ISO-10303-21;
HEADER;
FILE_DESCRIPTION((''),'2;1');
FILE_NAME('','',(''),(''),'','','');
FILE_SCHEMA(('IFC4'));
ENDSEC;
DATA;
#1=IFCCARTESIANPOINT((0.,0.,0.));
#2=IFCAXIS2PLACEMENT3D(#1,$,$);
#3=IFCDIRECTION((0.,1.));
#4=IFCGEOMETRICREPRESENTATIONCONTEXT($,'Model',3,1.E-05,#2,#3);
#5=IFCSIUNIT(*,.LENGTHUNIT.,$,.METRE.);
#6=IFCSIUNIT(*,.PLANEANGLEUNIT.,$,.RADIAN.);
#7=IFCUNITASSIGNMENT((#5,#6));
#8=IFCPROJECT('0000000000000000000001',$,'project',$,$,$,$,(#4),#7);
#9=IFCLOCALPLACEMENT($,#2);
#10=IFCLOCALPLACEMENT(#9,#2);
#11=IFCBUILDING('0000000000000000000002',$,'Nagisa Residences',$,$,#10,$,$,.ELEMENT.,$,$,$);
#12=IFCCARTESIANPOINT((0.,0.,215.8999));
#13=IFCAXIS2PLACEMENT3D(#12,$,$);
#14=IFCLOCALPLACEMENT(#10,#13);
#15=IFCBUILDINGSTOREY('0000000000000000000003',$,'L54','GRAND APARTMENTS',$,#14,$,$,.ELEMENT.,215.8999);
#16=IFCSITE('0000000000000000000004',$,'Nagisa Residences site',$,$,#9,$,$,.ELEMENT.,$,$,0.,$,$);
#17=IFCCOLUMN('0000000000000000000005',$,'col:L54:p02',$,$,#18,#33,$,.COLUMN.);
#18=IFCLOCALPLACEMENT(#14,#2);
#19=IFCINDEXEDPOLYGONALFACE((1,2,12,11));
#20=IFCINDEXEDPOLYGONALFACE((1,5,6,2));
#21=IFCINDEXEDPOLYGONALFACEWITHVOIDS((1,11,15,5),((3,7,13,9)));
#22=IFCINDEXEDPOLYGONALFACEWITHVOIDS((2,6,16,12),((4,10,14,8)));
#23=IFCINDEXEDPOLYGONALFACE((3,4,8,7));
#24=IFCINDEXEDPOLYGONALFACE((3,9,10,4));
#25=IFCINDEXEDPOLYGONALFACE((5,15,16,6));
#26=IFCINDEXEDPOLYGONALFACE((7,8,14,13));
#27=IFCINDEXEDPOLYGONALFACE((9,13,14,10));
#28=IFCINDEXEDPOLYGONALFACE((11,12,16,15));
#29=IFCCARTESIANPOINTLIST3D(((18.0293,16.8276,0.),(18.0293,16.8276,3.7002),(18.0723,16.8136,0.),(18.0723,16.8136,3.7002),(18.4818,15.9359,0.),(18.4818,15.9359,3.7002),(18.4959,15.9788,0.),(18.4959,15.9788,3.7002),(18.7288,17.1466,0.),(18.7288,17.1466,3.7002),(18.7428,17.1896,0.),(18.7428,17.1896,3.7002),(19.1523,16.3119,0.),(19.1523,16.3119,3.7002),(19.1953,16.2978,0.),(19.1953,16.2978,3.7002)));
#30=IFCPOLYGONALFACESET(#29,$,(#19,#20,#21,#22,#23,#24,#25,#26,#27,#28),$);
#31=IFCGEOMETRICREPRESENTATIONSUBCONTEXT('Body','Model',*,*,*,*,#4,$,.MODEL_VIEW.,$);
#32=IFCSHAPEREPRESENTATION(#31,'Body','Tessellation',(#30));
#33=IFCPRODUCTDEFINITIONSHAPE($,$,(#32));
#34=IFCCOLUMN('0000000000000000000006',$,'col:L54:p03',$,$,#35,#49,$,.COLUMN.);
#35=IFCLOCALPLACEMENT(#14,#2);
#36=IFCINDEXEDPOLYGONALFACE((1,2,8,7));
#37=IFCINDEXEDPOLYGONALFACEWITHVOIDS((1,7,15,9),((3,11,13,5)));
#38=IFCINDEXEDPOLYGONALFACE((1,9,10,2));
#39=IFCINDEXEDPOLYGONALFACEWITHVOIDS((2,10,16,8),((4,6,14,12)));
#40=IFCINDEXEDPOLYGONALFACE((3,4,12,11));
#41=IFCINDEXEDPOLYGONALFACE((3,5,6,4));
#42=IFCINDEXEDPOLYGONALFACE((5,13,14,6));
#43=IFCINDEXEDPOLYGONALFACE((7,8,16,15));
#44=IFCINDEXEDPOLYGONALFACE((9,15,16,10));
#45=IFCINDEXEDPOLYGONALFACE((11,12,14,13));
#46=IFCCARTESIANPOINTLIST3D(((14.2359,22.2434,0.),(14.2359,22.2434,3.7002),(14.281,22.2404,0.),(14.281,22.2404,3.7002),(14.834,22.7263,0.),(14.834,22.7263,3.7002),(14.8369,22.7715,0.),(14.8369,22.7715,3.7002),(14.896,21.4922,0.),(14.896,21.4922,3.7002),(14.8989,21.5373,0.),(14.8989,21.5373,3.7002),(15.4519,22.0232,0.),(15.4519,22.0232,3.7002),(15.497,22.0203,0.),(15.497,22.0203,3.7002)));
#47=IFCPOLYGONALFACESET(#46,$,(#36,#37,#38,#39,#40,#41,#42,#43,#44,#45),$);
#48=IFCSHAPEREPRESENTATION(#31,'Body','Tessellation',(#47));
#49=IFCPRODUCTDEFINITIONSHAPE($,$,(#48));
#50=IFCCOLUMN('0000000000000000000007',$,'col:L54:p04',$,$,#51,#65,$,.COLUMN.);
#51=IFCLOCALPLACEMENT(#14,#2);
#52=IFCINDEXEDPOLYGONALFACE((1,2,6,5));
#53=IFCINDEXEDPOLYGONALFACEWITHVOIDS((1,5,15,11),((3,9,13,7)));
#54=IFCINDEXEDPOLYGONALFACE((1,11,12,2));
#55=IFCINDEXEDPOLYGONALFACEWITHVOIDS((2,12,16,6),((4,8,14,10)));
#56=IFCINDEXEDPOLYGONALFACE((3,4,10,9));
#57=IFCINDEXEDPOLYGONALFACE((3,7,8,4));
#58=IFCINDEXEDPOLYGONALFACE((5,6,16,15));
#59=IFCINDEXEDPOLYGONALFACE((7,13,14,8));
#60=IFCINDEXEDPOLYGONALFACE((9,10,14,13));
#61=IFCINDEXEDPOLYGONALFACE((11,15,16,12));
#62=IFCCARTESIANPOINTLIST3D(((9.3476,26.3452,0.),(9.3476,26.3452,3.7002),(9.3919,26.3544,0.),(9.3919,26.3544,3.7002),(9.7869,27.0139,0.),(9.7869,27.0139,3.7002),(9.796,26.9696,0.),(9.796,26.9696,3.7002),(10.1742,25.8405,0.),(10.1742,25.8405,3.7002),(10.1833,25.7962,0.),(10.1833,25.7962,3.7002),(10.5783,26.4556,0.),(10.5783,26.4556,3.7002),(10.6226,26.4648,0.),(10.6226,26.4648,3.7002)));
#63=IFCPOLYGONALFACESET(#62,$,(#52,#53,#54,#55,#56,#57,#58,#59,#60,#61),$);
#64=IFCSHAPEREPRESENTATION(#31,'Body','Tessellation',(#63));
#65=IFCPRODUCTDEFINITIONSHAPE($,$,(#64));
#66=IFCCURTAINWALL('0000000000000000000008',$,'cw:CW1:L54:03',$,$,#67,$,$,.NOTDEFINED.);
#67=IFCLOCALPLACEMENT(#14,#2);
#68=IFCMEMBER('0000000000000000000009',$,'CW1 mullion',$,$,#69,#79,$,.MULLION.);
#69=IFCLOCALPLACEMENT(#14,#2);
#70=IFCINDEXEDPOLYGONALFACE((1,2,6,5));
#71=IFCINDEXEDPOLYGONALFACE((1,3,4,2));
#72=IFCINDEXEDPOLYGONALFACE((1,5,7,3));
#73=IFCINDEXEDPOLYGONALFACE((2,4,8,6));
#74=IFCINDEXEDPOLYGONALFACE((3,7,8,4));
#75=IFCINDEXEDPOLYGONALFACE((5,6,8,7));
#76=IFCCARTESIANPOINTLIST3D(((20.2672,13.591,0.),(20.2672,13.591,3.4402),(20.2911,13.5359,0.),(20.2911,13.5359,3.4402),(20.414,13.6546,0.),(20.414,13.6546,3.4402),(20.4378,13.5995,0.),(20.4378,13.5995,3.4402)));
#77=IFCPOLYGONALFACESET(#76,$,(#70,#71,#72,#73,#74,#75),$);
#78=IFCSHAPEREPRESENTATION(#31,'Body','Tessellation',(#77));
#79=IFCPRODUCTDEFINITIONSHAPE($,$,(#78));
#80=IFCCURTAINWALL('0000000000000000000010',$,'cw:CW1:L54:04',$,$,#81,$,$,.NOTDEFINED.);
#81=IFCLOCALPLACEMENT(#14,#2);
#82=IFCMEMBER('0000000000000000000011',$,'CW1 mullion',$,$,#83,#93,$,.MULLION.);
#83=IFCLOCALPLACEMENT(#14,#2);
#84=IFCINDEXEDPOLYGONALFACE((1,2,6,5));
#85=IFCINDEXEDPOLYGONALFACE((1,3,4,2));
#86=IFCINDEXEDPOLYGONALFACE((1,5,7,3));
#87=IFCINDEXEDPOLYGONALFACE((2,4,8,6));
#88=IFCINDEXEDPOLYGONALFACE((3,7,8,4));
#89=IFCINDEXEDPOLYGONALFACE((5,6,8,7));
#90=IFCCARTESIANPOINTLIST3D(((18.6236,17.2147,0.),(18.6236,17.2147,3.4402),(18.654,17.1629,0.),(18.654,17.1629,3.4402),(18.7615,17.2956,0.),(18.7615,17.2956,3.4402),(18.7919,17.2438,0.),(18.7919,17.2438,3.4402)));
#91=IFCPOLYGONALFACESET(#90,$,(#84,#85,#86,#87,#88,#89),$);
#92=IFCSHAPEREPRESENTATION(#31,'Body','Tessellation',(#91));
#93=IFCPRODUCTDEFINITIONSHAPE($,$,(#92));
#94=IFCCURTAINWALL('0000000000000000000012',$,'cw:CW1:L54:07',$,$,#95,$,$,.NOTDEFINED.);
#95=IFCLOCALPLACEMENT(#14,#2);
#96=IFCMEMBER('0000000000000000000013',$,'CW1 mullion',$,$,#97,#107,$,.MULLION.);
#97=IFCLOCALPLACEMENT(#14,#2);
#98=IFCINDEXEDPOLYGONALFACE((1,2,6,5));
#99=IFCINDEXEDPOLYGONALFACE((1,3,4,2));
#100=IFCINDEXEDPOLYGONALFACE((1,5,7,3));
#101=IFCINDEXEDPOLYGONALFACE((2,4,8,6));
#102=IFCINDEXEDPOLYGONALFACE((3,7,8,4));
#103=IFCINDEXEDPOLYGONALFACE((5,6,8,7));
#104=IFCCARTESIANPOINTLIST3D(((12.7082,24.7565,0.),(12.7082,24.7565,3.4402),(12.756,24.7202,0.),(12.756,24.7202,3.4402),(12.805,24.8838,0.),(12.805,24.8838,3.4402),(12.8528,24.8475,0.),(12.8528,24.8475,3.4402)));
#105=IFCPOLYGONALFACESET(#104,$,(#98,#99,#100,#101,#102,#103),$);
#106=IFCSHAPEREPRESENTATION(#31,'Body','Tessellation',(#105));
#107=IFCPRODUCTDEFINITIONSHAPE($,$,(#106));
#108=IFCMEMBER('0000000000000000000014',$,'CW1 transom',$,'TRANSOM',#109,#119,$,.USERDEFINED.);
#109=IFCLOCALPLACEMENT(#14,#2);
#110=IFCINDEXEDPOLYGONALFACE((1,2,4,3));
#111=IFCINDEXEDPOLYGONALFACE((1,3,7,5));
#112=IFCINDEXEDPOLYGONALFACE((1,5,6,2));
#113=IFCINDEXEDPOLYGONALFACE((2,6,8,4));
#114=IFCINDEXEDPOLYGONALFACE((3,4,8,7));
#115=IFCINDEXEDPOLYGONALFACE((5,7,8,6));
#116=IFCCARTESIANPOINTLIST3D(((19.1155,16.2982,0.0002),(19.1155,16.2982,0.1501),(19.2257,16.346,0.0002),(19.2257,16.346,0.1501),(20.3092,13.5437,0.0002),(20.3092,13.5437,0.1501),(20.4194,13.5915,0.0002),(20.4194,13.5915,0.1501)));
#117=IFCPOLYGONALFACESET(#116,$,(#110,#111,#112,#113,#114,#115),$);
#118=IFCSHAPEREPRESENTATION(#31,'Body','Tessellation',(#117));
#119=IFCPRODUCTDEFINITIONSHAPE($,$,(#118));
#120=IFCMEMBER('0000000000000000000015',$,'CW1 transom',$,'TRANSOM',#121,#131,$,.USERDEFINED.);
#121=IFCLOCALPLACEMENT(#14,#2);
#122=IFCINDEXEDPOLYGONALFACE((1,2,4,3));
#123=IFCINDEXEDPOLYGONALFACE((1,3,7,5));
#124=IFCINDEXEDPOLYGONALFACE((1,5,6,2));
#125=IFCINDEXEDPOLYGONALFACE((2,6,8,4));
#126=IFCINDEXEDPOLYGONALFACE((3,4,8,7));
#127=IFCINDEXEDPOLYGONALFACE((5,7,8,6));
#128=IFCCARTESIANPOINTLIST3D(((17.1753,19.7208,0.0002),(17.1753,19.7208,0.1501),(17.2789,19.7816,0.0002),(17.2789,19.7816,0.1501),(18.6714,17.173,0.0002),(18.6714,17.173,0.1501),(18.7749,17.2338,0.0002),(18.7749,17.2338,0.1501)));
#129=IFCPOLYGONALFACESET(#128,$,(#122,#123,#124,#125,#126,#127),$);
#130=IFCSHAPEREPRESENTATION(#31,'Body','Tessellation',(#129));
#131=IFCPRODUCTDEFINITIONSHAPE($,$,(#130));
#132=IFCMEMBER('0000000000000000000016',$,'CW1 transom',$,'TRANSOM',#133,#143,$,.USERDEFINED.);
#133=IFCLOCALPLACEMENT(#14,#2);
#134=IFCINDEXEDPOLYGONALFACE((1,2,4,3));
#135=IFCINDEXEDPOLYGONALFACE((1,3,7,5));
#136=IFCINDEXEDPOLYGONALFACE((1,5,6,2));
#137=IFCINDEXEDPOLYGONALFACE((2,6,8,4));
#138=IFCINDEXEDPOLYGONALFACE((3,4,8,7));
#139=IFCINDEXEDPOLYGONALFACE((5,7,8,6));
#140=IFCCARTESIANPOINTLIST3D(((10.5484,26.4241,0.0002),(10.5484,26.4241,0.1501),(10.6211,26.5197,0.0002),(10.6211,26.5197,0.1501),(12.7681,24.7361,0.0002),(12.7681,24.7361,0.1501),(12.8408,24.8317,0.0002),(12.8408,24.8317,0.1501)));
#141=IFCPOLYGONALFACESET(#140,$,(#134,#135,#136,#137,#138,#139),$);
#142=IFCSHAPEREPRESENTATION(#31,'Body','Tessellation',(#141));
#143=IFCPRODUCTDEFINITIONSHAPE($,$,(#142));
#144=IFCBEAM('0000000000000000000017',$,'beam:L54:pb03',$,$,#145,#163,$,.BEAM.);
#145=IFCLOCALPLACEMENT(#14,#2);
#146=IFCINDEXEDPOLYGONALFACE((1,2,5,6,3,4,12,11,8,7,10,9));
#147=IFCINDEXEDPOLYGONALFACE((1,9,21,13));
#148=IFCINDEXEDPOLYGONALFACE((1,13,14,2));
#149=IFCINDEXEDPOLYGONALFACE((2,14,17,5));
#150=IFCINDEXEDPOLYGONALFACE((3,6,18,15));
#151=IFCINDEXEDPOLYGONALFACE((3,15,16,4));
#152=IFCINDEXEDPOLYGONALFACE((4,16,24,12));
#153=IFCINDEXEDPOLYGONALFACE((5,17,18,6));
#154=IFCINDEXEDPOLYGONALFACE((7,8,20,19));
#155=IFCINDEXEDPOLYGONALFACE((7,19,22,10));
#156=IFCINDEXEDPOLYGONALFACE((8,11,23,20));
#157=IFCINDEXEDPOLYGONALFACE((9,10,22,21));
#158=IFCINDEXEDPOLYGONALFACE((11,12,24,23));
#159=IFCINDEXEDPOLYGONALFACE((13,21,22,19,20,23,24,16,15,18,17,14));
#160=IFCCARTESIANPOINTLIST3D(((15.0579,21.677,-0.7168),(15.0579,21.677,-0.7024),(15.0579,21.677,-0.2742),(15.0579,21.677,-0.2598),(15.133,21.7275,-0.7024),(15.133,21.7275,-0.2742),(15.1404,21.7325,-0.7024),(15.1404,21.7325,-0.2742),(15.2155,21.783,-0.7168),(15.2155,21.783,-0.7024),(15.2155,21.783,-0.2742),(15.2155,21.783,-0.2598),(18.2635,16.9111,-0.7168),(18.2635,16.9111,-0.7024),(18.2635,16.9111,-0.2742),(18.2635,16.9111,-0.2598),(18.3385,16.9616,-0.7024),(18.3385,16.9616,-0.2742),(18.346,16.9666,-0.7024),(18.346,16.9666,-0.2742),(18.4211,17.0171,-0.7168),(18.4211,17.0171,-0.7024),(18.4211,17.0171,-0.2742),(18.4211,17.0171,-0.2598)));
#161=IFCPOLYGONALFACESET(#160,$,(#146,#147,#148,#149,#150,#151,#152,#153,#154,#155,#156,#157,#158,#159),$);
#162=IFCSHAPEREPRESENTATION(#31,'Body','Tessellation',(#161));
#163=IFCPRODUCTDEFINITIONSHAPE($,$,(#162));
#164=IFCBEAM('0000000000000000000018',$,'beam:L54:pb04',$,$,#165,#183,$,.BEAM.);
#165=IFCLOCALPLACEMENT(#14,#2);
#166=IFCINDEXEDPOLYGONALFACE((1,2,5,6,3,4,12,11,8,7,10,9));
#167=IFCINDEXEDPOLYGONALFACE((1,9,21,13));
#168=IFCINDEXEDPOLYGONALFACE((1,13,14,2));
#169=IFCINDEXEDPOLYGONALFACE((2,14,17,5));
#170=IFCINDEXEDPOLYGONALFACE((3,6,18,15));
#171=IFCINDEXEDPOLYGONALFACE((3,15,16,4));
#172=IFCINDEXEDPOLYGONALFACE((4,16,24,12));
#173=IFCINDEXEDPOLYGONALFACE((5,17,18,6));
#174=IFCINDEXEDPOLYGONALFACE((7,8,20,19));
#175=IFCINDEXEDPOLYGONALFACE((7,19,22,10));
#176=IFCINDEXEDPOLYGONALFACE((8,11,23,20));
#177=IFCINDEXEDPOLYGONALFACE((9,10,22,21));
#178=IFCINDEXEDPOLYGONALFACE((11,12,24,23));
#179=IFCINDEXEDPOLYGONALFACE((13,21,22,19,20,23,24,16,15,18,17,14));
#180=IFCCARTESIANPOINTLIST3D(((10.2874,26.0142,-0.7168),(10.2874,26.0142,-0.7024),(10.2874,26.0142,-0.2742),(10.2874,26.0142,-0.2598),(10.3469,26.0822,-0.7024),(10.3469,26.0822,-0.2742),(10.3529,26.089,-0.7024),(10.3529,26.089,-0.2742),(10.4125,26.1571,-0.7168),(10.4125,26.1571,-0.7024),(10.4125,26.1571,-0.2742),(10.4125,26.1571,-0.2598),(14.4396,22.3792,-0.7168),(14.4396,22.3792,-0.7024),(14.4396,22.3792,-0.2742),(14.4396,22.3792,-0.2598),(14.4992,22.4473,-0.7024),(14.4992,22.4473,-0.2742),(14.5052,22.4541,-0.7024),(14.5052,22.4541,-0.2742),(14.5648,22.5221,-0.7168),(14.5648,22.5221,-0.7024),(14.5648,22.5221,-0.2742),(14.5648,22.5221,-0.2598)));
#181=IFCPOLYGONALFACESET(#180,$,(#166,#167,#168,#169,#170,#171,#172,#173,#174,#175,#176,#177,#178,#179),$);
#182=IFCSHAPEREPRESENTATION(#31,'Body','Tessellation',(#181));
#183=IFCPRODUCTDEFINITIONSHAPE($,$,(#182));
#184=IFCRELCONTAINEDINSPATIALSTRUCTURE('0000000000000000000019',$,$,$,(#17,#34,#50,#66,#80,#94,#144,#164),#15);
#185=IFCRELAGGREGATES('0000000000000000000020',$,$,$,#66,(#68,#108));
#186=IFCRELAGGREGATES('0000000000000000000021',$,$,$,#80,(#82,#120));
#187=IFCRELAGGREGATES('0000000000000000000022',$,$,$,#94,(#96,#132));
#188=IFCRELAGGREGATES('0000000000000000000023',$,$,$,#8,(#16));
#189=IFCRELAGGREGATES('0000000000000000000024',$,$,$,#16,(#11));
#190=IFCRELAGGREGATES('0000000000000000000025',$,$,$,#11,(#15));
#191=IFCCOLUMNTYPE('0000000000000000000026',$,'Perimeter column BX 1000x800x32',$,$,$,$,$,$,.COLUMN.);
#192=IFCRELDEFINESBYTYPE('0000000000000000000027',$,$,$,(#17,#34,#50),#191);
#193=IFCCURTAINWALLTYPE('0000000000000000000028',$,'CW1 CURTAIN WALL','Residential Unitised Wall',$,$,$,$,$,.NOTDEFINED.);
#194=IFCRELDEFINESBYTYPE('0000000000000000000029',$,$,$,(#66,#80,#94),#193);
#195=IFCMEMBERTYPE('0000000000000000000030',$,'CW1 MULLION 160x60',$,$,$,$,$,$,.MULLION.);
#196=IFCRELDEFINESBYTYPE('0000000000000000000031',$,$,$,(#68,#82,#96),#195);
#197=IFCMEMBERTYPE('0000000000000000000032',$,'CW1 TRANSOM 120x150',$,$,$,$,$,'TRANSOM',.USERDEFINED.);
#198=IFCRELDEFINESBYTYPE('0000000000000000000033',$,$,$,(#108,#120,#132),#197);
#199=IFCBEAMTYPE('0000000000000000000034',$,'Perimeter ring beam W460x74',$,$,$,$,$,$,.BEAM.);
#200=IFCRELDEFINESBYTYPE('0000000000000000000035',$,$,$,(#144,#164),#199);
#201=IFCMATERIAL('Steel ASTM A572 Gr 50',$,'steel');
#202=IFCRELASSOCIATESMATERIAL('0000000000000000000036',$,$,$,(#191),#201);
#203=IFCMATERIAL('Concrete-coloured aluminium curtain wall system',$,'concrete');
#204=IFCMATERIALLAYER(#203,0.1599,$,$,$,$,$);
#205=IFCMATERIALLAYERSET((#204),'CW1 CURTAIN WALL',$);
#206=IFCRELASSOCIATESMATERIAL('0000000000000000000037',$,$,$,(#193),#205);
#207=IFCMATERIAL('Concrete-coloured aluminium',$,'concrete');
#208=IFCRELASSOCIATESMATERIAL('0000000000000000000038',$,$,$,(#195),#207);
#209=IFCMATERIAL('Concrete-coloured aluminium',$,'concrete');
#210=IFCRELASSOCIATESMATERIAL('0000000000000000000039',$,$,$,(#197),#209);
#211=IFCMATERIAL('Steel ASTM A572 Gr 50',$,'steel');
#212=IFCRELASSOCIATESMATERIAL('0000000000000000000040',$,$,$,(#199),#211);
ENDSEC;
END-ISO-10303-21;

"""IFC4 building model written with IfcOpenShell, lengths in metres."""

from ifc_helpers import new_model, si_unit, direction, frame, origin, origin_2d, place, context, subcontext, project, spatial, rectangle, hollow_rectangle, i_section, extrude, material, layer, layer_set, material_profile, profile_set, type_object, element, aggregate, save


model = new_model("IFC4")

# Units and contexts
model_context = context("Model", 3, precision=1e-05, world=origin(), true_north=direction((0.0, 1.0)))
body_context = subcontext(model_context, "Body", "Model", "MODEL_VIEW")
ifc_project = project(units=[si_unit("LENGTHUNIT", "METRE"), si_unit("PLANEANGLEUNIT", "RADIAN")], contexts=[model_context])

# Site, building, storey
site_placement = place(None, origin())
site = spatial("IfcSite", under=ifc_project, at=site_placement, Name="Nagisa Residences site", CompositionType="ELEMENT", RefElevation=0.0)
building_placement = place(site_placement, origin())
building = spatial("IfcBuilding", under=site, at=building_placement, Name="Nagisa Residences", CompositionType="ELEMENT")
storey_placement = place(building_placement, frame((0.0, 0.0, 215.8999)))
storey = spatial("IfcBuildingStorey", under=building, at=storey_placement, Name="L54", Description="GRAND APARTMENTS", CompositionType="ELEMENT", Elevation=215.8999)

# Columns
ifc_material_1 = material(Name="Steel ASTM A572 Gr 50", Category="steel")
ifc_material_profile_1 = material_profile(ifc_material_1, hollow_rectangle(XDim=1.0, YDim=0.8, WallThickness=0.032, at=origin_2d()), Name="BX 1000x800x32")
ifc_profile_set_1 = profile_set([ifc_material_profile_1], Name="Steel ASTM A572 Gr 50")
column_type = type_object("IfcColumnType", Name="Perimeter column BX 1000x800x32", PredefinedType="COLUMN", material=ifc_profile_set_1)
for number, where, z_axis, x_axis, name in (
    (1, (18.6123, 16.5627, 0.0), (0.0, 0.0, 1.0), (-0.452463, 0.891783, 0.0), "col:L54:p02"),
    (2, (14.8665, 22.1318, 0.0), (0.0, 0.0, 1.0), (-0.660115, 0.751165, 0.0), "col:L54:p03"),
    (3, (9.9851, 26.405, 0.0), (0.0, 0.0, 1.0), (-0.835766, 0.549086, 0.0), "col:L54:p04"),
):
    element("IfcColumn", number, at=place(storey_placement, frame(where, z_axis=z_axis, x_axis=x_axis)), inside=storey, type_object=column_type, Name=name, PredefinedType="COLUMN", context=body_context, shape_type="SweptSolid", body=[
        extrude(hollow_rectangle(XDim=1.0, YDim=0.8, WallThickness=0.032, at=origin_2d()), origin(), (0.0, 0.0, 1.0), 3.7002),
    ])

# Curtain walls, members
ifc_material_2 = material(Name="Concrete-coloured aluminium curtain wall system", Category="concrete")
ifc_layer_1 = layer(ifc_material_2, 0.1599)
ifc_layer_set_1 = layer_set([ifc_layer_1], Name="CW1 CURTAIN WALL")
curtain_wall_type = type_object("IfcCurtainWallType", Name="CW1 CURTAIN WALL", Description="Residential Unitised Wall", PredefinedType="NOTDEFINED", material=ifc_layer_set_1)
curtain_wall_1_placement = place(storey_placement, origin())
curtain_wall_1 = element("IfcCurtainWall", 4, at=curtain_wall_1_placement, inside=storey, type_object=curtain_wall_type, Name="cw:CW1:L54:03", PredefinedType="NOTDEFINED")
ifc_material_3 = material(Name="Concrete-coloured aluminium", Category="concrete")
ifc_material_profile_2 = material_profile(ifc_material_3, rectangle(XDim=0.1599, YDim=0.0601, at=origin_2d()), Name="CW1 MULLION 160x60")
ifc_profile_set_2 = profile_set([ifc_material_profile_2], Name="Concrete-coloured aluminium")
member_type_1 = type_object("IfcMemberType", Name="CW1 MULLION 160x60", PredefinedType="MULLION", material=ifc_profile_set_2)
member_1_placement = place(storey_placement, frame((20.3525, 13.5952, 0.0), z_axis=(0.0, 0.0, 1.0), x_axis=(-0.917543, -0.397636, 0.0)))
member_1 = element("IfcMember", 5, at=member_1_placement, type_object=member_type_1, Name="CW1 mullion", PredefinedType="MULLION", context=body_context, shape_type="SweptSolid", body=[
    extrude(rectangle(XDim=0.1599, YDim=0.0601, at=origin_2d()), origin(), (0.0, 0.0, 1.0), 3.4402),
])
curtain_wall_2_placement = place(storey_placement, origin())
curtain_wall_2 = element("IfcCurtainWall", 6, at=curtain_wall_2_placement, inside=storey, type_object=curtain_wall_type, Name="cw:CW1:L54:04", PredefinedType="NOTDEFINED")
member_2_placement = place(storey_placement, frame((18.7078, 17.2292, 0.0), z_axis=(0.0, 0.0, 1.0), x_axis=(-0.862329, -0.506349, 0.0)))
member_2 = element("IfcMember", 7, at=member_2_placement, type_object=member_type_1, Name="CW1 mullion", PredefinedType="MULLION", context=body_context, shape_type="SweptSolid", body=[
    extrude(rectangle(XDim=0.1599, YDim=0.0601, at=origin_2d()), origin(), (0.0, 0.0, 1.0), 3.4402),
])
curtain_wall_3_placement = place(storey_placement, origin())
curtain_wall_3 = element("IfcCurtainWall", 8, at=curtain_wall_3_placement, inside=storey, type_object=curtain_wall_type, Name="cw:CW1:L54:07", PredefinedType="NOTDEFINED")
member_3_placement = place(storey_placement, frame((12.7805, 24.802, 0.0), z_axis=(0.0, 0.0, 1.0), x_axis=(-0.605255, -0.796031, 0.0)))
member_3 = element("IfcMember", 9, at=member_3_placement, type_object=member_type_1, Name="CW1 mullion", PredefinedType="MULLION", context=body_context, shape_type="SweptSolid", body=[
    extrude(rectangle(XDim=0.1599, YDim=0.0601, at=origin_2d()), origin(), (0.0, 0.0, 1.0), 3.4402),
])

# Members
ifc_material_4 = material(Name="Concrete-coloured aluminium", Category="concrete")
ifc_material_profile_3 = material_profile(ifc_material_4, rectangle(XDim=0.1201, YDim=0.1499, at=origin_2d()), Name="CW1 TRANSOM 120x150")
ifc_profile_set_3 = profile_set([ifc_material_profile_3], Name="Concrete-coloured aluminium")
member_type_2 = type_object("IfcMemberType", Name="CW1 TRANSOM 120x150", ElementType="TRANSOM", PredefinedType="USERDEFINED", material=ifc_profile_set_3)
member_4_placement = place(storey_placement, frame((20.3643, 13.5676, 0.0752), z_axis=(-0.397617, 0.917552, 0.0), x_axis=(-0.917552, -0.397617, 0.0)))
member_4 = element("IfcMember", 10, at=member_4_placement, type_object=member_type_2, Name="CW1 transom", ObjectType="TRANSOM", PredefinedType="USERDEFINED", context=body_context, shape_type="SweptSolid", body=[
    extrude(rectangle(XDim=0.1201, YDim=0.1499, at=origin_2d()), origin(), (0.0, 0.0, 1.0), 3.002),
])
member_5_placement = place(storey_placement, frame((18.7231, 17.2034, 0.0752), z_axis=(-0.506356, 0.862325, 0.0), x_axis=(-0.862325, -0.506356, 0.0)))
member_5 = element("IfcMember", 11, at=member_5_placement, type_object=member_type_2, Name="CW1 transom", ObjectType="TRANSOM", PredefinedType="USERDEFINED", context=body_context, shape_type="SweptSolid", body=[
    extrude(rectangle(XDim=0.1201, YDim=0.1499, at=origin_2d()), origin(), (0.0, 0.0, 1.0), 2.9546),
])
member_6_placement = place(storey_placement, frame((12.8044, 24.7839, 0.0752), z_axis=(-0.79599, 0.60531, 0.0), x_axis=(-0.60531, -0.79599, 0.0)))
member_6 = element("IfcMember", 12, at=member_6_placement, type_object=member_type_2, Name="CW1 transom", ObjectType="TRANSOM", PredefinedType="USERDEFINED", context=body_context, shape_type="SweptSolid", body=[
    extrude(rectangle(XDim=0.1201, YDim=0.1499, at=origin_2d()), origin(), (0.0, 0.0, 1.0), 2.7886),
])

# Beams
ifc_material_5 = material(Name="Steel ASTM A572 Gr 50", Category="steel")
ifc_material_profile_4 = material_profile(ifc_material_5, i_section(OverallWidth=0.1899, OverallDepth=0.457, WebThickness=0.009, FlangeThickness=0.0144, at=origin_2d()), Name="W460x74")
ifc_profile_set_4 = profile_set([ifc_material_profile_4], Name="Steel ASTM A572 Gr 50")
beam_type_1 = type_object("IfcBeamType", Name="Perimeter ring beam W460x74", PredefinedType="BEAM", material=ifc_profile_set_4)
beam_1_placement = place(storey_placement, frame((18.3423, 16.9641, -0.4883), z_axis=(-0.558109, 0.829768, 0.0), x_axis=(-0.829768, -0.558109, 0.0)))
element("IfcBeam", 13, at=beam_1_placement, inside=storey, type_object=beam_type_1, Name="beam:L54:pb03", PredefinedType="BEAM", context=body_context, shape_type="SweptSolid", body=[
    extrude(i_section(OverallWidth=0.1899, OverallDepth=0.457, WebThickness=0.009, FlangeThickness=0.0144, at=origin_2d()), origin(), (0.0, 0.0, 1.0), 5.7437),
])
beam_2_placement = place(storey_placement, frame((14.5022, 22.4507, -0.4883), z_axis=(-0.752423, 0.65868, 0.0), x_axis=(-0.65868, -0.752423, 0.0)))
element("IfcBeam", 14, at=beam_2_placement, inside=storey, type_object=beam_type_1, Name="beam:L54:pb04", PredefinedType="BEAM", context=body_context, shape_type="SweptSolid", body=[
    extrude(i_section(OverallWidth=0.1899, OverallDepth=0.457, WebThickness=0.009, FlangeThickness=0.0144, at=origin_2d()), origin(), (0.0, 0.0, 1.0), 5.5186),
])

aggregate(curtain_wall_1, [member_1, member_4])
aggregate(curtain_wall_2, [member_2, member_5])
aggregate(curtain_wall_3, [member_3, member_6])

save(model, "model.ifc")
